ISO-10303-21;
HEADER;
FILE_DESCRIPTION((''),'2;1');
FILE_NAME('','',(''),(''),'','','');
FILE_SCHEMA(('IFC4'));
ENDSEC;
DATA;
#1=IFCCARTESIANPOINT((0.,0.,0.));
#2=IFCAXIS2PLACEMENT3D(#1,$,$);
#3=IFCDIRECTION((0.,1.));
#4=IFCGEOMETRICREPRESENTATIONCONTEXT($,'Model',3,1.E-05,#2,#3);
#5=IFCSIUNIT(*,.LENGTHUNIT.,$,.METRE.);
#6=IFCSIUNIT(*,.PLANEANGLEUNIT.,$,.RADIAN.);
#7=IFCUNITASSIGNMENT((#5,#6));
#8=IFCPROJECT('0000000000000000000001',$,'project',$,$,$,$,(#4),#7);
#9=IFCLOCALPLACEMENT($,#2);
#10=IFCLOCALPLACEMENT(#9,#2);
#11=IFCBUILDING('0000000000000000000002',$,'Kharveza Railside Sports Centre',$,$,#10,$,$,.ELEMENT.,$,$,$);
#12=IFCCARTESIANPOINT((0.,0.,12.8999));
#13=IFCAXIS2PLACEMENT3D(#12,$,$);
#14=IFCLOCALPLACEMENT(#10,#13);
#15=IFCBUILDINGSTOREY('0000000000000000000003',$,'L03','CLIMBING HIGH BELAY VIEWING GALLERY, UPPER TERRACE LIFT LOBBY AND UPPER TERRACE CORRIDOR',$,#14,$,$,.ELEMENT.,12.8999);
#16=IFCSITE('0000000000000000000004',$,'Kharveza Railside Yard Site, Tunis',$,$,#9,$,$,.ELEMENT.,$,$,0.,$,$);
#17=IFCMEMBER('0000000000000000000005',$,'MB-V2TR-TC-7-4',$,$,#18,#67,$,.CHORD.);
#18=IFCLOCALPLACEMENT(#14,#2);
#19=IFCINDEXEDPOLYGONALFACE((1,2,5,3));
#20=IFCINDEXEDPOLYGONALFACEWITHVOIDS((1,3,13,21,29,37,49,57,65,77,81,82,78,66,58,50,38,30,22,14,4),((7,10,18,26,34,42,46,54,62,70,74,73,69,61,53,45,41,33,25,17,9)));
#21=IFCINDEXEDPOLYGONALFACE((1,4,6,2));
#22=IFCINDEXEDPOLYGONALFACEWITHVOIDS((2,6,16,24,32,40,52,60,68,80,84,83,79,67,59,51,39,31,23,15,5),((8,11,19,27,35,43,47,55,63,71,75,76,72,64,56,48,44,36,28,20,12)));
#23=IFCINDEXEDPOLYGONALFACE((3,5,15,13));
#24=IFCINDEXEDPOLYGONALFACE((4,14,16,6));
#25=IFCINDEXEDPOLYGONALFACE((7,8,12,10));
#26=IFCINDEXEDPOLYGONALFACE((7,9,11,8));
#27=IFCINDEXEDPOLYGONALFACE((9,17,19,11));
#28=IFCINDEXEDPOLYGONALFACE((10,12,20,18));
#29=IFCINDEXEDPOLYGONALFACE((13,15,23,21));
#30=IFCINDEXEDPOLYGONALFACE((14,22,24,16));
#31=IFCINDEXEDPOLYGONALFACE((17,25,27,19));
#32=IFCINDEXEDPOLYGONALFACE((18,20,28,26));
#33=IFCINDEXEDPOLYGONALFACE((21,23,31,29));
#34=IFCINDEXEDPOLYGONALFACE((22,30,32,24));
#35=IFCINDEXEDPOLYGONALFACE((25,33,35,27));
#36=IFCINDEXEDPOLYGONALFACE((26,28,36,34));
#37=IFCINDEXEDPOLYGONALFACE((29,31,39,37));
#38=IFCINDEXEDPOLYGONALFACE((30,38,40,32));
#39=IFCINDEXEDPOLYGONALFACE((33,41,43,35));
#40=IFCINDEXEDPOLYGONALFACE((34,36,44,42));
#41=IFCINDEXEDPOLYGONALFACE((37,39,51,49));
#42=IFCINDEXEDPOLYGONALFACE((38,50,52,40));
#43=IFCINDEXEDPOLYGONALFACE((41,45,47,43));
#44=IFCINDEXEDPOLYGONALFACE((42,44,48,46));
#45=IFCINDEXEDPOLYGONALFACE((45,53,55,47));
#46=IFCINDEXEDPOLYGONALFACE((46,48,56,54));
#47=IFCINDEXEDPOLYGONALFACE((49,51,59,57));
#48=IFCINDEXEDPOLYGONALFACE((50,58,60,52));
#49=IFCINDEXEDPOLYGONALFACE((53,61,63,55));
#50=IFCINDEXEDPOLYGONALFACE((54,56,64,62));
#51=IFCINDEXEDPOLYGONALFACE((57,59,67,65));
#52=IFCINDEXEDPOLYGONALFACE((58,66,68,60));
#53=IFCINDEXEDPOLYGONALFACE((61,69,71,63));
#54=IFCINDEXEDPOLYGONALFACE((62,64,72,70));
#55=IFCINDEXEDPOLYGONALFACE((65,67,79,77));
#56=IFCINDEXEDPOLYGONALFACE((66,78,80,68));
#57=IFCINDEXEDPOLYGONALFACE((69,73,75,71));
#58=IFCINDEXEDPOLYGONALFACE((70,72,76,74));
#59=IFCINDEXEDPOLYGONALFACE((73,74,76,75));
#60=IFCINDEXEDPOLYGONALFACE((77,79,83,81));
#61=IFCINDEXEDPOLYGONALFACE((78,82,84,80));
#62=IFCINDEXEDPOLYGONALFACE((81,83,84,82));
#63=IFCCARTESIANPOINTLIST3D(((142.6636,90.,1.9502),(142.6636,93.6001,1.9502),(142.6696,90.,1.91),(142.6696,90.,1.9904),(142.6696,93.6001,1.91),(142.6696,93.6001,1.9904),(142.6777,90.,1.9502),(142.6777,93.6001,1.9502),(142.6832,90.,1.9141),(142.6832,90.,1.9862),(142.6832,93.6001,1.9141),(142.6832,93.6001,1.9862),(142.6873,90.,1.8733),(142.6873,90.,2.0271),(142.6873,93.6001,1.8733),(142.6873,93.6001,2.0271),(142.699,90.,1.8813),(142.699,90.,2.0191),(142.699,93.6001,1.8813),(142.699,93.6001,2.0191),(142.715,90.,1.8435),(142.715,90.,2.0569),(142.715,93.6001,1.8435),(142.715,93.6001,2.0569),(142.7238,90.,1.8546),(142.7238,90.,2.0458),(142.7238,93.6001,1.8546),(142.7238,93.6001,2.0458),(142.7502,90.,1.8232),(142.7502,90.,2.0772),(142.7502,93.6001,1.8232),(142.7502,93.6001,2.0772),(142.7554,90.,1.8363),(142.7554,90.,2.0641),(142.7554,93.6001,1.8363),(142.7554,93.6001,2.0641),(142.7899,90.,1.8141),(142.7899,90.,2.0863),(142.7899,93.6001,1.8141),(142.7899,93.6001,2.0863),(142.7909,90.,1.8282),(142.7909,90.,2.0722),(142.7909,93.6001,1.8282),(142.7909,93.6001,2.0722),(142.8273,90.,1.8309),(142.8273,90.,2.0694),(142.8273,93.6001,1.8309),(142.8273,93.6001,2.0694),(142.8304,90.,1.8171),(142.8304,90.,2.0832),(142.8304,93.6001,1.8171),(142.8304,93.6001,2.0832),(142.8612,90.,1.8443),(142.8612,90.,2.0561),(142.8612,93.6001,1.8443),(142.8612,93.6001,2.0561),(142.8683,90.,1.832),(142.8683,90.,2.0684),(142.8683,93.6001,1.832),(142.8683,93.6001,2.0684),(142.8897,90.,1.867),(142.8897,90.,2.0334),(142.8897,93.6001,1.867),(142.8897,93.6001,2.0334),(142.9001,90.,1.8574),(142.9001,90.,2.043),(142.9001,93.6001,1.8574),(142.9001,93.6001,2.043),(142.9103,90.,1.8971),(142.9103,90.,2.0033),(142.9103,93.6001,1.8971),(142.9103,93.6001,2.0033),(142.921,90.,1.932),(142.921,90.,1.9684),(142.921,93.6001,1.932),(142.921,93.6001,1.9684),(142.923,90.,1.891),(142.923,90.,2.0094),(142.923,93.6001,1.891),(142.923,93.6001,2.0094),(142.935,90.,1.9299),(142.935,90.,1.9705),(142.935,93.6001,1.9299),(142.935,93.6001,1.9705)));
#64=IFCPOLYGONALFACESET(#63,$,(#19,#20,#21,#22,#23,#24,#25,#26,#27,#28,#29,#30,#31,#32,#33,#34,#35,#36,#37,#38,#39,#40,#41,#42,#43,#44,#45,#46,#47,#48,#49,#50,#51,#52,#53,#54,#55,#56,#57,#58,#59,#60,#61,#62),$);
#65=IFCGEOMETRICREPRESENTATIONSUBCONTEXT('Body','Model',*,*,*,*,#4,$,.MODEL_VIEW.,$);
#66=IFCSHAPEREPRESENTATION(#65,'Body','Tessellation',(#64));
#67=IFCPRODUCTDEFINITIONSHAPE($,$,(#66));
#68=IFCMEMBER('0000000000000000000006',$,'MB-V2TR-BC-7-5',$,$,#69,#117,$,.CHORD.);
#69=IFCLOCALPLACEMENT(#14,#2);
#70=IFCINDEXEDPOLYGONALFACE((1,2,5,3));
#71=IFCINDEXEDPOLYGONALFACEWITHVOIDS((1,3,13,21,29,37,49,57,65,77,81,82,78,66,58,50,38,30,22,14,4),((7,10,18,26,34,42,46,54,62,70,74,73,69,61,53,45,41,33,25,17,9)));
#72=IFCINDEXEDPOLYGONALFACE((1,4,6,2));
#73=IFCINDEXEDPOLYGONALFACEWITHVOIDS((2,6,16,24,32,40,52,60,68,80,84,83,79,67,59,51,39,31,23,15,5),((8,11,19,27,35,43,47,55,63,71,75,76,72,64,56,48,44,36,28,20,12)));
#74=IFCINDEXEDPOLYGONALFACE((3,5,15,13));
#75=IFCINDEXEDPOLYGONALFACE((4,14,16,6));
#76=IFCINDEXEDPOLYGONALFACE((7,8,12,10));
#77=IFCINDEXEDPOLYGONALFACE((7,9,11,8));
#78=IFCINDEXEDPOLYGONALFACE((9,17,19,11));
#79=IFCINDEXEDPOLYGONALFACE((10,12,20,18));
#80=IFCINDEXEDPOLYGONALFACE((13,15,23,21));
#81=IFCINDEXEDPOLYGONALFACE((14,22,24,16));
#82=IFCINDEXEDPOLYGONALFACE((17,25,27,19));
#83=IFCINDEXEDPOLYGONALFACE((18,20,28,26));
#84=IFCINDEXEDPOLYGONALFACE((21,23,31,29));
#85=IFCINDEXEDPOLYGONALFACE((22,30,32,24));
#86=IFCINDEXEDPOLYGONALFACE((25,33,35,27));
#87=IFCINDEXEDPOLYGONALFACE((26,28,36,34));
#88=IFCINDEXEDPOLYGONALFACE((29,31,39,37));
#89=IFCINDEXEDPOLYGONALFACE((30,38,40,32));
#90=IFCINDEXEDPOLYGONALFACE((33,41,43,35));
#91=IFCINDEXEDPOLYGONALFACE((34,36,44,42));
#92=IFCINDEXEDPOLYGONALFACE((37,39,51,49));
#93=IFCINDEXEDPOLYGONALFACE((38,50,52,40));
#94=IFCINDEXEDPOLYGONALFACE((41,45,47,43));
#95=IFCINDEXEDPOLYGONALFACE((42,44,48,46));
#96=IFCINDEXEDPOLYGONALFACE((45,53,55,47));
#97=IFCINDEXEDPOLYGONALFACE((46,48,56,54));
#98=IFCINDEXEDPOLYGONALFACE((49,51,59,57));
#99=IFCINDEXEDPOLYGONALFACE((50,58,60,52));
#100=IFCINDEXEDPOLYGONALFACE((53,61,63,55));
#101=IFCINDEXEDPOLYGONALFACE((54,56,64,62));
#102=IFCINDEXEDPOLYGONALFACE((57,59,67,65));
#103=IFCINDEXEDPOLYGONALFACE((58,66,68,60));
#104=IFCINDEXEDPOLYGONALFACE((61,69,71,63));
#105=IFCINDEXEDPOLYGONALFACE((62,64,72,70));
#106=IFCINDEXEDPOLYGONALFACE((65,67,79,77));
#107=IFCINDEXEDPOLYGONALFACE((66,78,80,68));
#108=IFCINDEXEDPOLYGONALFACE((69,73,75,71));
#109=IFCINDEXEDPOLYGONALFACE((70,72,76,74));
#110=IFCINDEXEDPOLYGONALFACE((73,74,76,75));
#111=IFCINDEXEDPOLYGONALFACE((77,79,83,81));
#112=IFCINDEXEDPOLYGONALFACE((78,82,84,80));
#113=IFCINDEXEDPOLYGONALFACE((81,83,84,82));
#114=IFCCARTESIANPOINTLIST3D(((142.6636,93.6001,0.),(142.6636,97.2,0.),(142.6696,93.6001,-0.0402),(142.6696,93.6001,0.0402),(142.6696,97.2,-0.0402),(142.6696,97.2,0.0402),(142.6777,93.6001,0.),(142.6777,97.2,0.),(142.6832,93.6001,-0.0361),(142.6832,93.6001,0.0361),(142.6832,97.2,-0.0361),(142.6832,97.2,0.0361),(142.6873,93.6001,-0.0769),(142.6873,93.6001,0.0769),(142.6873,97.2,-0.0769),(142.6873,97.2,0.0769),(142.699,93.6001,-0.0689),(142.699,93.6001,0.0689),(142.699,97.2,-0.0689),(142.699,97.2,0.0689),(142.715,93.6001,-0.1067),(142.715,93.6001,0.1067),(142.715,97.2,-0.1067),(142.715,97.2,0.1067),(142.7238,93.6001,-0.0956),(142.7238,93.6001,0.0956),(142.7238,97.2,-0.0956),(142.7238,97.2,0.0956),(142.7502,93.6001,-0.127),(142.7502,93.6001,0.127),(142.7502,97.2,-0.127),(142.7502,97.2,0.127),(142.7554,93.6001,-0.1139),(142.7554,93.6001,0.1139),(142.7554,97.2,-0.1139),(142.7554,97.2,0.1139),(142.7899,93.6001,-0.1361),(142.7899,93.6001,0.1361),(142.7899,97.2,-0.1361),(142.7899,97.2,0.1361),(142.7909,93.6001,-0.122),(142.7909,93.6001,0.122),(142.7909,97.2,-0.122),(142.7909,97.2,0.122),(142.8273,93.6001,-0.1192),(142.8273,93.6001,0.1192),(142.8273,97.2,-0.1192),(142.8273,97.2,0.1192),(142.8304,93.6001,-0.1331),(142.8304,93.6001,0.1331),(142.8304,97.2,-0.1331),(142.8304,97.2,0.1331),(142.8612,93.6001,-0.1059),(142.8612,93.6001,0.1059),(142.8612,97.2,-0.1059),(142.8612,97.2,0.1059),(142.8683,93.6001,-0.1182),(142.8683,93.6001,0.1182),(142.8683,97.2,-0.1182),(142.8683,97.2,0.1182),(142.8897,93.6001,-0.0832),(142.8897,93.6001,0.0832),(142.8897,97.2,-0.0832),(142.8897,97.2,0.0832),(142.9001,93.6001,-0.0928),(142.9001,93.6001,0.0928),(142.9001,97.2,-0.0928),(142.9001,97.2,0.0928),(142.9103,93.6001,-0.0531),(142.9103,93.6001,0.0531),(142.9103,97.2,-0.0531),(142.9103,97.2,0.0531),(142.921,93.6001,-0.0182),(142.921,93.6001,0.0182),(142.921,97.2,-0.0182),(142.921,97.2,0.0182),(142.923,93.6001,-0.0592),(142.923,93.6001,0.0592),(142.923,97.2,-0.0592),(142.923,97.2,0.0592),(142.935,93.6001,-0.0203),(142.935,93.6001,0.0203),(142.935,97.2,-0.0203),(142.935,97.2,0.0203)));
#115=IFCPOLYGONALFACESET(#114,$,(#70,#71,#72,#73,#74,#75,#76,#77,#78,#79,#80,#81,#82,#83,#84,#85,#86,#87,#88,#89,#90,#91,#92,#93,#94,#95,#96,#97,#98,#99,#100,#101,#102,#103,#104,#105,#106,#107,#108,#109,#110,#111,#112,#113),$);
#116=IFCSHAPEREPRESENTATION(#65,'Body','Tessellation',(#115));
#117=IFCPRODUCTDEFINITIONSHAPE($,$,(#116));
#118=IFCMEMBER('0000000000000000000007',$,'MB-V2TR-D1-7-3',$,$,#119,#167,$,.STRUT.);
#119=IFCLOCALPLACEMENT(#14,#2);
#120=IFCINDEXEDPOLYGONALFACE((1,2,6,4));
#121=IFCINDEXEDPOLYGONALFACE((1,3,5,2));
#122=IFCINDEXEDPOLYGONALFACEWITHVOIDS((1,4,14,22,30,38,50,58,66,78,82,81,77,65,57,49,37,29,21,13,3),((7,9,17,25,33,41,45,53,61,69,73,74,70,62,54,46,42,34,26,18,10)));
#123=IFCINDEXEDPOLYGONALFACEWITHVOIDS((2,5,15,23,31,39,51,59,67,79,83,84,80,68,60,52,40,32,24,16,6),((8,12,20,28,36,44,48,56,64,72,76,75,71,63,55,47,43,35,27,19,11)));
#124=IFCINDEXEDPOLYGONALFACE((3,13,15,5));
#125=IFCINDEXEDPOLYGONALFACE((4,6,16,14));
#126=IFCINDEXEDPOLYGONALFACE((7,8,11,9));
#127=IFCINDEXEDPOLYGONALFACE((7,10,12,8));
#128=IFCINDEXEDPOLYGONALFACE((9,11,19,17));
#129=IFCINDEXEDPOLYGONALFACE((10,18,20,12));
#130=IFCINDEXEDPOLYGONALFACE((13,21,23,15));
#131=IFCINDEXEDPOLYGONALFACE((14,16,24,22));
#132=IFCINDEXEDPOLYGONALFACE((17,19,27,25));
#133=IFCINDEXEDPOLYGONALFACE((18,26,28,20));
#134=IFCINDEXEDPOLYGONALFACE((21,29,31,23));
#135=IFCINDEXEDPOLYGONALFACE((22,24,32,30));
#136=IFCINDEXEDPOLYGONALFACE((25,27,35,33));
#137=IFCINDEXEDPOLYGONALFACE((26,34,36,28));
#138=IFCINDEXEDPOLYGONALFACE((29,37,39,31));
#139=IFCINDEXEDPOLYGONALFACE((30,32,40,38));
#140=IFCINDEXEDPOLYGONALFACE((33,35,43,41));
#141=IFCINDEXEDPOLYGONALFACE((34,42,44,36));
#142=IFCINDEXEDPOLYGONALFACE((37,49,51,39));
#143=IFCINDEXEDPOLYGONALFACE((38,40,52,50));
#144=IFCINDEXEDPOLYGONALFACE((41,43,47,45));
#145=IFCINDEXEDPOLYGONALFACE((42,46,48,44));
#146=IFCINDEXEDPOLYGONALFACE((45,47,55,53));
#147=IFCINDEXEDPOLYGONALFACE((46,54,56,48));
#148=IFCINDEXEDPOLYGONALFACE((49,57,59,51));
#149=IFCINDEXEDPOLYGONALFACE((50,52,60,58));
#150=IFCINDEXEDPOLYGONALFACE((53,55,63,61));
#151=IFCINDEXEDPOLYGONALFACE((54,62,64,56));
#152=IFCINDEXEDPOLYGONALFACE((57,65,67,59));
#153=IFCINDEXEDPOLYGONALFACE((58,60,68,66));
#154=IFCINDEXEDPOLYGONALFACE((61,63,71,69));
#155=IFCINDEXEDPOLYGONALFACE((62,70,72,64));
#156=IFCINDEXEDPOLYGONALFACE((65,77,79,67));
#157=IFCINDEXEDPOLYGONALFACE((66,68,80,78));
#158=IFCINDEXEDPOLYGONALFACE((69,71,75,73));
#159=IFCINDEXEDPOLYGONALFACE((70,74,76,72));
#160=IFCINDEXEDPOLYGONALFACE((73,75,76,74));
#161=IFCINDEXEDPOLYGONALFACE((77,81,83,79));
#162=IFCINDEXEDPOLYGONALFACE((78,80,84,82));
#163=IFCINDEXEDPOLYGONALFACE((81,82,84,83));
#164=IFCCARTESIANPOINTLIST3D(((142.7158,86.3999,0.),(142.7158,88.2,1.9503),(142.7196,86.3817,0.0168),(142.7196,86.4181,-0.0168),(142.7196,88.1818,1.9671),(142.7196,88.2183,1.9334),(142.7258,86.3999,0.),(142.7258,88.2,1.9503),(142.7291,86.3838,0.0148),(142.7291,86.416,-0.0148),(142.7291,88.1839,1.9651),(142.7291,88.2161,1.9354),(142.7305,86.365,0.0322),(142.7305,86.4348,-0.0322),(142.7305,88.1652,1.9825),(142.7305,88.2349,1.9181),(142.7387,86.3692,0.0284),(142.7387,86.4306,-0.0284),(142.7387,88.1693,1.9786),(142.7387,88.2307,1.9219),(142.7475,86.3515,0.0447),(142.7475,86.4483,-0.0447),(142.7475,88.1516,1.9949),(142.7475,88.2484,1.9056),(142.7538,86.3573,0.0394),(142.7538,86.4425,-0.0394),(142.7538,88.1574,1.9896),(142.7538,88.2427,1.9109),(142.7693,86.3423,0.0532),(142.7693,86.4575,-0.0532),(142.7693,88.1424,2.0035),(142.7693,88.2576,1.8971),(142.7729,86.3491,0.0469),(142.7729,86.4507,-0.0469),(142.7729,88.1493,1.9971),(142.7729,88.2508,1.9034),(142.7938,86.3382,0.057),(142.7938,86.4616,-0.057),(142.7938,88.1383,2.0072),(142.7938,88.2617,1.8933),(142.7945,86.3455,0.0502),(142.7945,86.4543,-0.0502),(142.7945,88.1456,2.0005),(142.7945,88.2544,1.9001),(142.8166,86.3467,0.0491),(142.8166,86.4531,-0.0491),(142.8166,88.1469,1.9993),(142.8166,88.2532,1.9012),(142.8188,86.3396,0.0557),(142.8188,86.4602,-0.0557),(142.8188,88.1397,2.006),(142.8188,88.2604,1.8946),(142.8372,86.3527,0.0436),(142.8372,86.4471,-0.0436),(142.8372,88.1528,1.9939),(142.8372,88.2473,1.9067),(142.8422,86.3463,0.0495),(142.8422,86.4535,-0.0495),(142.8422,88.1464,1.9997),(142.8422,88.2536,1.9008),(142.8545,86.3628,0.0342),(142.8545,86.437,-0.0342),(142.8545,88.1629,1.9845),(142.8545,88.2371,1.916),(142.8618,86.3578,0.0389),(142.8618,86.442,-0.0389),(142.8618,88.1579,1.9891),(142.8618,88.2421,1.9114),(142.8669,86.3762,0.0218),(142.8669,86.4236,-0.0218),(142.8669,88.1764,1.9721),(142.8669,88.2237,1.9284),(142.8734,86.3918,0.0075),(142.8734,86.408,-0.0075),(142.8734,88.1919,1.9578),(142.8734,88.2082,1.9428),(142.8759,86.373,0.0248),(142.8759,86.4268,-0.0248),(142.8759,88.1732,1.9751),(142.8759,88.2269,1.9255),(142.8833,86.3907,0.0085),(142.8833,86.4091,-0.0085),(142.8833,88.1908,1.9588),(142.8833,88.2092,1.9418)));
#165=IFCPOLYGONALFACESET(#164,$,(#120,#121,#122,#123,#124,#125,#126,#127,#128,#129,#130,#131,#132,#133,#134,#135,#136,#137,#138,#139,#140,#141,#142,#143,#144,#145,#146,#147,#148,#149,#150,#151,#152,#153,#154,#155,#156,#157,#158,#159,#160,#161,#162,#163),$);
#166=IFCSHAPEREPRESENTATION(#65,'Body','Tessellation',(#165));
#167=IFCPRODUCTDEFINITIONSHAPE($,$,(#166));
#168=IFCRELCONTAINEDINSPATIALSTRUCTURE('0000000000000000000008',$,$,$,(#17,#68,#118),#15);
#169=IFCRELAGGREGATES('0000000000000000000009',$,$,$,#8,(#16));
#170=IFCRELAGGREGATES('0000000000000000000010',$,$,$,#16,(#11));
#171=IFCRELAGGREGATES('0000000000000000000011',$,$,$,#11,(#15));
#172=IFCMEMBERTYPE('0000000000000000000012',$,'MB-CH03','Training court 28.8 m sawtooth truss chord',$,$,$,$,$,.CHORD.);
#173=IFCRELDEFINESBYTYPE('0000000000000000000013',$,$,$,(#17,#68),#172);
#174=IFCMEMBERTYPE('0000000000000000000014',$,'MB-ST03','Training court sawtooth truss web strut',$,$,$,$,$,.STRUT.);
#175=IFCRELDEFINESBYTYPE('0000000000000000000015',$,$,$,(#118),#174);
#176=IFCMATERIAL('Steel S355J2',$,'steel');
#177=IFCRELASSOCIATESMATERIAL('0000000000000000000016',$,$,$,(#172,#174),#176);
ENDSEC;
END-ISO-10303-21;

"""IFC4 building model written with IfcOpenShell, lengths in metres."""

from ifc_helpers import new_model, si_unit, direction, frame, origin, origin_2d, place, context, subcontext, project, spatial, hollow_circle, extrude, material, material_profile, profile_set, type_object, element, save


model = new_model("IFC4")

# Units and contexts
model_context = context("Model", 3, precision=1e-05, world=origin(), true_north=direction((0.0, 1.0)))
body_context = subcontext(model_context, "Body", "Model", "MODEL_VIEW")
ifc_project = project(units=[si_unit("LENGTHUNIT", "METRE"), si_unit("PLANEANGLEUNIT", "RADIAN")], contexts=[model_context])

# Site, building, storey
site_placement = place(None, origin())
site = spatial("IfcSite", under=ifc_project, at=site_placement, Name="Kharveza Railside Yard Site, Tunis", CompositionType="ELEMENT", RefElevation=0.0)
building_placement = place(site_placement, origin())
building = spatial("IfcBuilding", under=site, at=building_placement, Name="Kharveza Railside Sports Centre", CompositionType="ELEMENT")
storey_placement = place(building_placement, frame((0.0, 0.0, 12.8999)))
storey = spatial("IfcBuildingStorey", under=building, at=storey_placement, Name="L03", Description="CLIMBING HIGH BELAY VIEWING GALLERY, UPPER TERRACE LIFT LOBBY AND UPPER TERRACE CORRIDOR", CompositionType="ELEMENT", Elevation=12.8999)

# Shared definitions
ifc_material_1 = material(Name="Steel S355J2", Category="steel")

# Members
ifc_material_profile_1 = material_profile(ifc_material_1, hollow_circle(Radius=0.1365, WallThickness=0.0142, at=origin_2d()), Name="CHS 273.0x14.2")
ifc_profile_set_1 = profile_set([ifc_material_profile_1], Name="Steel S355J2")
member_type_1 = type_object("IfcMemberType", Name="MB-CH03", Description="Training court 28.8 m sawtooth truss chord", PredefinedType="CHORD", material=ifc_profile_set_1)
for number, where, z_axis, x_axis, name in (
    (1, (142.8, 90.0, 1.9502), (0.0, 1.0, 0.0), (-1.0, 0.0, 0.0), "MB-V2TR-TC-7-4"),
):
    element("IfcMember", number, at=place(storey_placement, frame(where, z_axis=z_axis, x_axis=x_axis)), inside=storey, type_object=member_type_1, Name=name, PredefinedType="CHORD", context=body_context, shape_type="SweptSolid", body=[
        extrude(hollow_circle(Radius=0.1365, WallThickness=0.0142, at=origin_2d()), origin(), (0.0, 0.0, 1.0), 3.6001),
    ])
member_1_placement = place(storey_placement, frame((142.8, 93.6001, 0.0), z_axis=(0.0, 1.0, 0.0), x_axis=(-1.0, 0.0, 0.0)))
element("IfcMember", 2, at=member_1_placement, inside=storey, type_object=member_type_1, Name="MB-V2TR-BC-7-5", PredefinedType="CHORD", context=body_context, shape_type="SweptSolid", body=[
    extrude(hollow_circle(Radius=0.1365, WallThickness=0.0142, at=origin_2d()), origin(), (0.0, 0.0, 1.0), 3.5999),
])
ifc_material_profile_2 = material_profile(ifc_material_1, hollow_circle(Radius=0.0842, WallThickness=0.01, at=origin_2d()), Name="CHS 168.3x10.0")
ifc_profile_set_2 = profile_set([ifc_material_profile_2], Name="Steel S355J2")
member_type_2 = type_object("IfcMemberType", Name="MB-ST03", Description="Training court sawtooth truss web strut", PredefinedType="STRUT", material=ifc_profile_set_2)
for number, where, z_axis, x_axis, name in (
    (3, (142.8, 86.3999, 0.0), (0.0, 0.678253, 0.734828), (-1.0, 0.0, 0.0), "MB-V2TR-D1-7-3"),
):
    element("IfcMember", number, at=place(storey_placement, frame(where, z_axis=z_axis, x_axis=x_axis)), inside=storey, type_object=member_type_2, Name=name, PredefinedType="STRUT", context=body_context, shape_type="SweptSolid", body=[
        extrude(hollow_circle(Radius=0.0842, WallThickness=0.01, at=origin_2d()), origin(), (0.0, 0.0, 1.0), 2.6541),
    ])

save(model, "model.ifc")
